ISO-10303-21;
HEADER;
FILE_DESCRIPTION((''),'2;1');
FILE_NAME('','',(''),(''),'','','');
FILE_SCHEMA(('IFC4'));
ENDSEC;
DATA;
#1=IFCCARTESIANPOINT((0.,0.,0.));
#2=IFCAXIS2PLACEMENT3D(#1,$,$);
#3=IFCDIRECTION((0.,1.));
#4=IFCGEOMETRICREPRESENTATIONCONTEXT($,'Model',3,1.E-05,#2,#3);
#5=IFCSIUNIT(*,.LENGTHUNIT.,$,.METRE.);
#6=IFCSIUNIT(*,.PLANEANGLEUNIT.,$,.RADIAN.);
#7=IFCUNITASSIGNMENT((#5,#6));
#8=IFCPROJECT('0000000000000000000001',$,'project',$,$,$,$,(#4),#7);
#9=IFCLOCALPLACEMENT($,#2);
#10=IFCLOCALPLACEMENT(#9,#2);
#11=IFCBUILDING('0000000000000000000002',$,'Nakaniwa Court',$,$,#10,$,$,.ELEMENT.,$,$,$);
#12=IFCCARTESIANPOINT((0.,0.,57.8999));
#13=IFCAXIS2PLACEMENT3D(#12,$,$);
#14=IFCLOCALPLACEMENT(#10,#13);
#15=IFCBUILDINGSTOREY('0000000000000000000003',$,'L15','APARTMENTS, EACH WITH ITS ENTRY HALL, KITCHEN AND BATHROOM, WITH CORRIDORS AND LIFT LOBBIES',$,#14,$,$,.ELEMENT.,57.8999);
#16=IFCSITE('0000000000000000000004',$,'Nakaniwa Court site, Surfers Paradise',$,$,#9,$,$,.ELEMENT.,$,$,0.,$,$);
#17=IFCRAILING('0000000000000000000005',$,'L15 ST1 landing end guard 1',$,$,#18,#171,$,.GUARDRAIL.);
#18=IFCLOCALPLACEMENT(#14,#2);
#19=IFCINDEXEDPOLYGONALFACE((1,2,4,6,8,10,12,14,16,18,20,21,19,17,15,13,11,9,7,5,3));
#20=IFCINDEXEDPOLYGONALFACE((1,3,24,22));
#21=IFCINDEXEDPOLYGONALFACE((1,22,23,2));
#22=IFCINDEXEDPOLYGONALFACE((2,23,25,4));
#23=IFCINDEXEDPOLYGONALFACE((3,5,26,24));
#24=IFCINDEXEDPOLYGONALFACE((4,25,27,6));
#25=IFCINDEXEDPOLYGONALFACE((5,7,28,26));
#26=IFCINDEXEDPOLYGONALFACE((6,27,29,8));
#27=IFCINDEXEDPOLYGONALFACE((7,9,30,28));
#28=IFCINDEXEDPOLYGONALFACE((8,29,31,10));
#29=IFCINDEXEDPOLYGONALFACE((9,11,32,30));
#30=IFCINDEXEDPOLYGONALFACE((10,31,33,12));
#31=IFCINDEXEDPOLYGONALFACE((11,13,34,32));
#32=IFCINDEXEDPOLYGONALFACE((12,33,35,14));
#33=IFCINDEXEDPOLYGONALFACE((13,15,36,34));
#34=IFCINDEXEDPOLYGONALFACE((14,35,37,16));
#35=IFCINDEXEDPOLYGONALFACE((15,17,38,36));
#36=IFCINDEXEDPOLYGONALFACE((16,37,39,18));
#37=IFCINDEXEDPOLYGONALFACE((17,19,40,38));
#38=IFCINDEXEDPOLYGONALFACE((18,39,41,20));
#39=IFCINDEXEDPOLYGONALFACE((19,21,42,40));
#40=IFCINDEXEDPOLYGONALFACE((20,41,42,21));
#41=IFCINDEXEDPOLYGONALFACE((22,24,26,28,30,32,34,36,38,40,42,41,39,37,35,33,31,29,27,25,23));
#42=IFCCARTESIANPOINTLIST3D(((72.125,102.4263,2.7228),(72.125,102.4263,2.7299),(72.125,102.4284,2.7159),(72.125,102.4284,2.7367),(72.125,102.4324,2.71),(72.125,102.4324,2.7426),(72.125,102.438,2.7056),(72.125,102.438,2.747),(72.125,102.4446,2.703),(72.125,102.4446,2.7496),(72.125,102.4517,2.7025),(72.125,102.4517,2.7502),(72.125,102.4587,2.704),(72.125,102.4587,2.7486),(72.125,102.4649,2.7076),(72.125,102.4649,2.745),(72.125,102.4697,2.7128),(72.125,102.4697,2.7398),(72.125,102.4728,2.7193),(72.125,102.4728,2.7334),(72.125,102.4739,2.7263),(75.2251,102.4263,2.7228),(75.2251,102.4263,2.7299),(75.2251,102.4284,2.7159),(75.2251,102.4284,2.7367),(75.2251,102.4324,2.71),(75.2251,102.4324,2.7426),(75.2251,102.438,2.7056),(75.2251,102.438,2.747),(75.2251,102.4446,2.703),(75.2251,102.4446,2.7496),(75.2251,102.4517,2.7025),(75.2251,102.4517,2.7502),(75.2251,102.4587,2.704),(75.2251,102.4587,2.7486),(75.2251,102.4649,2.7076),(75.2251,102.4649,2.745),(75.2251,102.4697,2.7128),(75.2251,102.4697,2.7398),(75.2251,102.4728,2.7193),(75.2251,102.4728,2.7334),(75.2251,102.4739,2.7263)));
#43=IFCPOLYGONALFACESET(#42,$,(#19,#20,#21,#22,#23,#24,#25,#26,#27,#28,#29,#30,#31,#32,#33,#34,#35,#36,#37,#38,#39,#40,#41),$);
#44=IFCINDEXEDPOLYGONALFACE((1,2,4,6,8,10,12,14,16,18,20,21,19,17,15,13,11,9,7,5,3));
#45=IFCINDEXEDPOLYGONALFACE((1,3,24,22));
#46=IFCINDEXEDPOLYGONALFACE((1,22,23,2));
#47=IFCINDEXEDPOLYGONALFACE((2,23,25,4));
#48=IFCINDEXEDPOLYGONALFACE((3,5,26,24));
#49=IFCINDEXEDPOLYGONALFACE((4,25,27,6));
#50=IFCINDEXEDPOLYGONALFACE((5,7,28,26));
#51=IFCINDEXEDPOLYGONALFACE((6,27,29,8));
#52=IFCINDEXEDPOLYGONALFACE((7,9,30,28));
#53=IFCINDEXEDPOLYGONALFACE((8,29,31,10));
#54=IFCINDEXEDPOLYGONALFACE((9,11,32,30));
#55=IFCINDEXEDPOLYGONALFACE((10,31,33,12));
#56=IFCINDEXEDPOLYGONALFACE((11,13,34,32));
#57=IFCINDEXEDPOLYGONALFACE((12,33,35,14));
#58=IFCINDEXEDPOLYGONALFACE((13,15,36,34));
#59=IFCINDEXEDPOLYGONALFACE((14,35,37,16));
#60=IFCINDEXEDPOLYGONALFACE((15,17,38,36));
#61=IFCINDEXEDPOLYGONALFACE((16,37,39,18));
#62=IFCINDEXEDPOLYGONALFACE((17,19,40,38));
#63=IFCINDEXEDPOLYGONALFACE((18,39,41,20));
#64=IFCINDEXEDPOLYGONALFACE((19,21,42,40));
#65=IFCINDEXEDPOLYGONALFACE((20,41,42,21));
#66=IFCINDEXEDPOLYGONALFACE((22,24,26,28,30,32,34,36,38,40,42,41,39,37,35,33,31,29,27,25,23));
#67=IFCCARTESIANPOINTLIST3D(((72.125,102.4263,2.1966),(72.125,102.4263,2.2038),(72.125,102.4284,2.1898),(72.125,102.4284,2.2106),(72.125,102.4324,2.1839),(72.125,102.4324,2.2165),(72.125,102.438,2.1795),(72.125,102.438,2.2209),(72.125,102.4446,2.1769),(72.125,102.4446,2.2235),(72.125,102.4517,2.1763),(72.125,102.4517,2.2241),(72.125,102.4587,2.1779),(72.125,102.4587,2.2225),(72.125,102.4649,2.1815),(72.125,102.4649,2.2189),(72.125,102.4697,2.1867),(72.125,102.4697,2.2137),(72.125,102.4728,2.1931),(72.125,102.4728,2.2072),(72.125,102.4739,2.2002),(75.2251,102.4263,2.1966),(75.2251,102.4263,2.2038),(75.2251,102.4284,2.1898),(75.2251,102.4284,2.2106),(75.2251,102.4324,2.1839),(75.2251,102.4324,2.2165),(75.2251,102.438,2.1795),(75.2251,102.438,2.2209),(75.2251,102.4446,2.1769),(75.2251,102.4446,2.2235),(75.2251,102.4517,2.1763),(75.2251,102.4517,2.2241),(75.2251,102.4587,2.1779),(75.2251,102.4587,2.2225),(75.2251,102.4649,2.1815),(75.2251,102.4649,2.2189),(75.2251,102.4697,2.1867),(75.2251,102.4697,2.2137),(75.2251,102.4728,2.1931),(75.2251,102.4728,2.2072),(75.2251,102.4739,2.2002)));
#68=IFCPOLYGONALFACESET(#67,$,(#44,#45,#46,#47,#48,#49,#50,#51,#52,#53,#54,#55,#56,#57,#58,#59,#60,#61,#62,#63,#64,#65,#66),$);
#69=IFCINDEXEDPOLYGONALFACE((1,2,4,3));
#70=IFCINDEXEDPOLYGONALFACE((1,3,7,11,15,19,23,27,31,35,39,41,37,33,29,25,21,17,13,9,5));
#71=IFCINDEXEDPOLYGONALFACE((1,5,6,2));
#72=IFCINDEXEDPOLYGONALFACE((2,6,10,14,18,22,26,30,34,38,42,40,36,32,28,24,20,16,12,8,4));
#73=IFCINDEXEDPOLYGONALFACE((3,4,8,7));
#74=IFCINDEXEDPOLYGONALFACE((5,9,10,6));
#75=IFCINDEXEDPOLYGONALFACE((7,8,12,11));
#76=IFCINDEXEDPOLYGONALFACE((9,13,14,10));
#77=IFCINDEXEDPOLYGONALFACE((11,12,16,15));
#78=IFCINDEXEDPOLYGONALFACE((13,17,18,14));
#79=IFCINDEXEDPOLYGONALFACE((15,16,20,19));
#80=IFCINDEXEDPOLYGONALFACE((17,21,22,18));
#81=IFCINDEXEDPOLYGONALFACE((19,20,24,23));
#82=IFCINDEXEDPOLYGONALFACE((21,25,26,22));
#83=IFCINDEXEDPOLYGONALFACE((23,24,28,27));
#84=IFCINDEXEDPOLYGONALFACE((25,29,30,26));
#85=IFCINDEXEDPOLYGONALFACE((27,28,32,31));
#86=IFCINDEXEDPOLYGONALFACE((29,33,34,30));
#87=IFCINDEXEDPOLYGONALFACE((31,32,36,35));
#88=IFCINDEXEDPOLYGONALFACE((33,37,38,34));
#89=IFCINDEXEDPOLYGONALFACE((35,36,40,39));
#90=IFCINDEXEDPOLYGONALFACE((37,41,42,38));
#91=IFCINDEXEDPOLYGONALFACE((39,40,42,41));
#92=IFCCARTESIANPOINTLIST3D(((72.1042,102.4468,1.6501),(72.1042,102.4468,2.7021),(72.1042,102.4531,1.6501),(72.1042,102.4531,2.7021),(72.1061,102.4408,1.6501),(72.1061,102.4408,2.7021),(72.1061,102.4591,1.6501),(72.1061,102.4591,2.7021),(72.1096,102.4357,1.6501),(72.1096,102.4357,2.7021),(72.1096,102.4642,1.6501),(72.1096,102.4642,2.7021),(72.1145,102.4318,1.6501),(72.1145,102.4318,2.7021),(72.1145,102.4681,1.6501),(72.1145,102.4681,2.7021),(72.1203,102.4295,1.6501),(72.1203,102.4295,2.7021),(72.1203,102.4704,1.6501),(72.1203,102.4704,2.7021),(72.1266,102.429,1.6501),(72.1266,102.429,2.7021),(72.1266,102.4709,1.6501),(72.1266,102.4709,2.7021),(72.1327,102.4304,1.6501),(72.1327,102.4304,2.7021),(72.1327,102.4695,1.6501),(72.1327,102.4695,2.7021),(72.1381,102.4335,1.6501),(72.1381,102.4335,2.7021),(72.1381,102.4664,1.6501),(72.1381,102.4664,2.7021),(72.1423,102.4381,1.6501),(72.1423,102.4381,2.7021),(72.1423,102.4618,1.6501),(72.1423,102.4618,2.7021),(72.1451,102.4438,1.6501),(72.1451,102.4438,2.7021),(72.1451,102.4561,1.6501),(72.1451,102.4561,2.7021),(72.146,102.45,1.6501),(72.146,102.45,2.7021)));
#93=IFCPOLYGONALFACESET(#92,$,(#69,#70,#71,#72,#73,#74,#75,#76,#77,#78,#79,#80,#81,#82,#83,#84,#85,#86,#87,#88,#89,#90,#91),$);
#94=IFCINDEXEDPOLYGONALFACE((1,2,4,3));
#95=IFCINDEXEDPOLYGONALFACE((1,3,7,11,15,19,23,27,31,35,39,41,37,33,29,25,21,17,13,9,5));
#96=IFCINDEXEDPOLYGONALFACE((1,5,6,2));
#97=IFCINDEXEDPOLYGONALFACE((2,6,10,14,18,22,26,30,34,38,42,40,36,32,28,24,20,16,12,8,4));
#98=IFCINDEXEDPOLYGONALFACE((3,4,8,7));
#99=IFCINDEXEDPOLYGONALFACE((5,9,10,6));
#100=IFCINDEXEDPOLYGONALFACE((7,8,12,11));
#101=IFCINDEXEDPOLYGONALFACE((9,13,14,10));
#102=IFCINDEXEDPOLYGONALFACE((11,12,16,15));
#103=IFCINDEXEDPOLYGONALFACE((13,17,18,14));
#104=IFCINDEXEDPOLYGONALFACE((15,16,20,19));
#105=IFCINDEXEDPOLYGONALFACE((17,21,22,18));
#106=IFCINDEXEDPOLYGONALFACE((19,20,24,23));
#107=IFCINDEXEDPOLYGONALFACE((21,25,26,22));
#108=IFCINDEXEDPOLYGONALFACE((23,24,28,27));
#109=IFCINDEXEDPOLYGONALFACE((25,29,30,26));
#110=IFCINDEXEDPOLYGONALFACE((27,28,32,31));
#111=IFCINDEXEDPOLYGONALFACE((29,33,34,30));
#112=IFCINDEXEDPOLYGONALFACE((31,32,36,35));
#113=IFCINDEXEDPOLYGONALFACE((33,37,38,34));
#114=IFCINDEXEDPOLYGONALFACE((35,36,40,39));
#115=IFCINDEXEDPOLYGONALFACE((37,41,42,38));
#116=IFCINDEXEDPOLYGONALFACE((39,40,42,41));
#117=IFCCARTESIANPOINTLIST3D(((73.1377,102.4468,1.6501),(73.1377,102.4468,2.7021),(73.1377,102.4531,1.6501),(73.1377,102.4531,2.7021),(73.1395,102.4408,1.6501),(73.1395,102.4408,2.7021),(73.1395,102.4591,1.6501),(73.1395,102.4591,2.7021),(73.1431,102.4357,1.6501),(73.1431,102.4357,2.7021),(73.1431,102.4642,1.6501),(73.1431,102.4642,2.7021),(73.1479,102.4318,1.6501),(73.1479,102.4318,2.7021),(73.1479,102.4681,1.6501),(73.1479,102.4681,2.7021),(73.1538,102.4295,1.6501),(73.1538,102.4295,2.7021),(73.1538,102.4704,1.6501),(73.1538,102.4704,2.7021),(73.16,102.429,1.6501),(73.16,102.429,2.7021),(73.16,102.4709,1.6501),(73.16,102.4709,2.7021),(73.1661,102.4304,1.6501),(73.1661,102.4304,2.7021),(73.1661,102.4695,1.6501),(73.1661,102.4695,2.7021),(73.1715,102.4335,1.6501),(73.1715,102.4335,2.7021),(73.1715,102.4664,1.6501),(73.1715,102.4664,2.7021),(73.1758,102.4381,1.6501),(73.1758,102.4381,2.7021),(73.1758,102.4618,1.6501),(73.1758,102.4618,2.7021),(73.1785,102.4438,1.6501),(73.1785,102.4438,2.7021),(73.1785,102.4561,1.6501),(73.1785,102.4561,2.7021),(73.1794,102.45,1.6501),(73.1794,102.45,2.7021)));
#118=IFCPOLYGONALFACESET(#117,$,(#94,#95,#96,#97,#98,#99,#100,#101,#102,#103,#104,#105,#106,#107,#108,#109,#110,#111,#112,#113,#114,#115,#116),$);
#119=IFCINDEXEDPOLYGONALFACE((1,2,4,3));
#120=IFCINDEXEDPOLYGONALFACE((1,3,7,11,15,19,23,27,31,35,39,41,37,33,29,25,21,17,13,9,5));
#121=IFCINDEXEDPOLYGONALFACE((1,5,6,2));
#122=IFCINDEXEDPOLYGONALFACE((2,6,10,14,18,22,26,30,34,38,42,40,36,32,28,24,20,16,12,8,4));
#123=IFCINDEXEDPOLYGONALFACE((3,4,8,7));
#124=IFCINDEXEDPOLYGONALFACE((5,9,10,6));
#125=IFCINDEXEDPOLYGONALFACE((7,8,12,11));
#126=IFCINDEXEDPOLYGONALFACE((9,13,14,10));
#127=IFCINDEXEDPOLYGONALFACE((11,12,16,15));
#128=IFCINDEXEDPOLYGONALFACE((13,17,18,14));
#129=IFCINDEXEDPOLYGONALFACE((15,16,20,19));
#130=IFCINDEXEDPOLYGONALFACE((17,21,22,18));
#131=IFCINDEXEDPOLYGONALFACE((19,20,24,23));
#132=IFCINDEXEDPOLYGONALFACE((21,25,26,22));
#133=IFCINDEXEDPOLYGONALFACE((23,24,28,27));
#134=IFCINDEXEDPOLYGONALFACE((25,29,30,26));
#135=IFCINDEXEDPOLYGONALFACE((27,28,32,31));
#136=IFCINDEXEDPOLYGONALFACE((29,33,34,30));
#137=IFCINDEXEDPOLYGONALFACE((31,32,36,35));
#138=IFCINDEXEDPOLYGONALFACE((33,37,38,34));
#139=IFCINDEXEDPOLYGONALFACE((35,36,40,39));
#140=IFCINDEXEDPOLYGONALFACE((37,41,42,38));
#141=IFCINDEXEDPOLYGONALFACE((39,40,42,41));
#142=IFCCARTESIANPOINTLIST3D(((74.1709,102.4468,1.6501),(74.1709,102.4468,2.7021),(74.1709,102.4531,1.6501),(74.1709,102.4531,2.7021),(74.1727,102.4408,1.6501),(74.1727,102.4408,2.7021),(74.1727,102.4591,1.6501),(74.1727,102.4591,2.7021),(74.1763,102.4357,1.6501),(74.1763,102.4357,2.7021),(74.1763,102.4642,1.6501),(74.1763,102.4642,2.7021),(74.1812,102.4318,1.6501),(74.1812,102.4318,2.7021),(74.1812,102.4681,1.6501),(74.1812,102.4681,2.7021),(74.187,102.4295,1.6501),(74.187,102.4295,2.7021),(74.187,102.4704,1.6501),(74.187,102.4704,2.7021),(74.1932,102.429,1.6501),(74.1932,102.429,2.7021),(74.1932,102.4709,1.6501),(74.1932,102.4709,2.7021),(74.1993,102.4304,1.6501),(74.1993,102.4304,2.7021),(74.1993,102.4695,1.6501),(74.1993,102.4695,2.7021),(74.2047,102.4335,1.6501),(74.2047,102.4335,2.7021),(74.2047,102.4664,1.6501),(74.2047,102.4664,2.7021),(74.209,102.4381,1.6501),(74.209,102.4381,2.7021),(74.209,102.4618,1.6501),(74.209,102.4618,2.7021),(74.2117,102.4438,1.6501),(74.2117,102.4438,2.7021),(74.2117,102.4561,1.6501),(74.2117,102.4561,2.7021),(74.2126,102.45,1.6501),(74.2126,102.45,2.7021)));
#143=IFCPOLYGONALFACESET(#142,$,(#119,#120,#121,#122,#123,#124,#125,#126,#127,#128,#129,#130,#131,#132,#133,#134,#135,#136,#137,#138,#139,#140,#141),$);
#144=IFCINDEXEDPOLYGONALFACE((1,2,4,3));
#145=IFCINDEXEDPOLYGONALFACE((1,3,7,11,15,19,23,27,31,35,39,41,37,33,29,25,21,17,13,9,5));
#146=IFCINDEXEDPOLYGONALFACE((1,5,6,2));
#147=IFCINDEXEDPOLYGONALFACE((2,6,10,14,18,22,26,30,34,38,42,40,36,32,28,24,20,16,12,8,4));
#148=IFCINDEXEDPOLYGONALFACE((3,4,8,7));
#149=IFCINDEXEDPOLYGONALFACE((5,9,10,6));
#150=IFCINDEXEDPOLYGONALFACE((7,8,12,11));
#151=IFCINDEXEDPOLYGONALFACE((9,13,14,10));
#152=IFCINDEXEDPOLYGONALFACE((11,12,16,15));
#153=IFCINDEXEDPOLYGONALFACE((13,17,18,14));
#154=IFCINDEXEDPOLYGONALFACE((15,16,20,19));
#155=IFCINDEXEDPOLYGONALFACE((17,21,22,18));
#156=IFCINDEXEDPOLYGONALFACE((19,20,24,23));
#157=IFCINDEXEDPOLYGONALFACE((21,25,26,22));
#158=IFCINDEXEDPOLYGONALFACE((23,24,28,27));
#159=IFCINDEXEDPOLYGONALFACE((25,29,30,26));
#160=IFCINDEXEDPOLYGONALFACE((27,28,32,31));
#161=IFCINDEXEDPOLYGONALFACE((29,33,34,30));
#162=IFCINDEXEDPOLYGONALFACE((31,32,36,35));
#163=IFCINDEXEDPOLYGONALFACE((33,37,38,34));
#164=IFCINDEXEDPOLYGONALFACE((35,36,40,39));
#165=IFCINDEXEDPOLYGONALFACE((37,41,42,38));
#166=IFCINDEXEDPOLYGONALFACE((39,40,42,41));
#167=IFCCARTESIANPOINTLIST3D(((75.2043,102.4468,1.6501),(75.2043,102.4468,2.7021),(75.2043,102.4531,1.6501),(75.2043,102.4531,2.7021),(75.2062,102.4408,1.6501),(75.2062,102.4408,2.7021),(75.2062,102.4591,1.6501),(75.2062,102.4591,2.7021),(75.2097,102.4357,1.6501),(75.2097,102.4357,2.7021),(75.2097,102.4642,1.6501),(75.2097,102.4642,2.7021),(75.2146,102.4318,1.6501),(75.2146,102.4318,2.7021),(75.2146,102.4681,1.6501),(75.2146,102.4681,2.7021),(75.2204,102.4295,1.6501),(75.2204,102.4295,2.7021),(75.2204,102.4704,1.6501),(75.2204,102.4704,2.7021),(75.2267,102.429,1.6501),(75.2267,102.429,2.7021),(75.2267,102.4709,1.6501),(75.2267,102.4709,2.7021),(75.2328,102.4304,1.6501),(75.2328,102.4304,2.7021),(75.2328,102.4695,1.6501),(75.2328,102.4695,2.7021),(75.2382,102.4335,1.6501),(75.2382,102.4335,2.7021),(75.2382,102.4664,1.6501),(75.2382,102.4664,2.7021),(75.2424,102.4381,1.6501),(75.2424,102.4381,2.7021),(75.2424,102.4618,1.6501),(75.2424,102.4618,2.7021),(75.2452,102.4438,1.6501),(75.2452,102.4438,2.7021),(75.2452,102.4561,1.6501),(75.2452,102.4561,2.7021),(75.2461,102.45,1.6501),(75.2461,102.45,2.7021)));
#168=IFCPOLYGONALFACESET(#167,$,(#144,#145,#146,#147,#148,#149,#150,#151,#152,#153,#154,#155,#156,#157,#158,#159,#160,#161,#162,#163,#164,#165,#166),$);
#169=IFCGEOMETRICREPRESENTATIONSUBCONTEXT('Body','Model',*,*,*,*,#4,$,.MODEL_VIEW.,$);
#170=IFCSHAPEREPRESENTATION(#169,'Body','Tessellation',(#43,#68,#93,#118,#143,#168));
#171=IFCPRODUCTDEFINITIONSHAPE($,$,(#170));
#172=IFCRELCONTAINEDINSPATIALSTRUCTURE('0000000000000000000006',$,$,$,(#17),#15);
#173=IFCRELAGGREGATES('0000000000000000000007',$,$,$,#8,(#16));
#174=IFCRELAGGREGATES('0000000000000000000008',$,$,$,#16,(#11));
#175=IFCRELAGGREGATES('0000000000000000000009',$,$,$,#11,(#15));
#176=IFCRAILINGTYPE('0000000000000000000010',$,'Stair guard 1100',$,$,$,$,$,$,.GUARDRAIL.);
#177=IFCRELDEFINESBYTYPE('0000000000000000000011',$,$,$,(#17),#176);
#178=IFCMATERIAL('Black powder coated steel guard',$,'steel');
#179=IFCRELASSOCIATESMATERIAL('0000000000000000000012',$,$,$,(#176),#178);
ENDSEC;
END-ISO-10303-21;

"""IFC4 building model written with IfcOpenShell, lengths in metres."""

from ifc_helpers import new_model, si_unit, direction, frame, origin, origin_2d, place, context, subcontext, project, spatial, circle, extrude, material, type_object, element, save


model = new_model("IFC4")

# Units and contexts
model_context = context("Model", 3, precision=1e-05, world=origin(), true_north=direction((0.0, 1.0)))
body_context = subcontext(model_context, "Body", "Model", "MODEL_VIEW")
ifc_project = project(units=[si_unit("LENGTHUNIT", "METRE"), si_unit("PLANEANGLEUNIT", "RADIAN")], contexts=[model_context])

# Site, building, storey
site_placement = place(None, origin())
site = spatial("IfcSite", under=ifc_project, at=site_placement, Name="Nakaniwa Court site, Surfers Paradise", CompositionType="ELEMENT", RefElevation=0.0)
building_placement = place(site_placement, origin())
building = spatial("IfcBuilding", under=site, at=building_placement, Name="Nakaniwa Court", CompositionType="ELEMENT")
storey_placement = place(building_placement, frame((0.0, 0.0, 57.8999)))
storey = spatial("IfcBuildingStorey", under=building, at=storey_placement, Name="L15", Description="APARTMENTS, EACH WITH ITS ENTRY HALL, KITCHEN AND BATHROOM, WITH CORRIDORS AND LIFT LOBBIES", CompositionType="ELEMENT", Elevation=57.8999)

# Railing
ifc_material_1 = material(Name="Black powder coated steel guard", Category="steel")
railing_type_1 = type_object("IfcRailingType", Name="Stair guard 1100", PredefinedType="GUARDRAIL", material=ifc_material_1)
railing_1_placement = place(storey_placement, frame((72.125, 102.45, 1.6501)))
element("IfcRailing", 1, at=railing_1_placement, inside=storey, type_object=railing_type_1, Name="L15 ST1 landing end guard 1", PredefinedType="GUARDRAIL", context=body_context, shape_type="SweptSolid", body=[
    extrude(circle(Radius=0.0239, at=origin_2d()), frame((0.0, 0.0, 1.0762), z_axis=(1.0, 0.0, 0.0), x_axis=(0.0, 1.0, 0.0)), (0.0, 0.0, 1.0), 3.1001),
    extrude(circle(Radius=0.0239, at=origin_2d()), frame((0.0, 0.0, 0.55), z_axis=(1.0, 0.0, 0.0), x_axis=(0.0, 1.0, 0.0)), (0.0, 0.0, 1.0), 3.1001),
    extrude(circle(Radius=0.021, at=origin_2d()), origin(), (0.0, 0.0, 1.0), 1.052),
    extrude(circle(Radius=0.021, at=origin_2d()), frame((1.0334, 0.0, 0.0)), (0.0, 0.0, 1.0), 1.052),
    extrude(circle(Radius=0.021, at=origin_2d()), frame((2.0667, 0.0, 0.0)), (0.0, 0.0, 1.0), 1.052),
    extrude(circle(Radius=0.021, at=origin_2d()), frame((3.1001, 0.0, 0.0)), (0.0, 0.0, 1.0), 1.052),
])

save(model, "model.ifc")
